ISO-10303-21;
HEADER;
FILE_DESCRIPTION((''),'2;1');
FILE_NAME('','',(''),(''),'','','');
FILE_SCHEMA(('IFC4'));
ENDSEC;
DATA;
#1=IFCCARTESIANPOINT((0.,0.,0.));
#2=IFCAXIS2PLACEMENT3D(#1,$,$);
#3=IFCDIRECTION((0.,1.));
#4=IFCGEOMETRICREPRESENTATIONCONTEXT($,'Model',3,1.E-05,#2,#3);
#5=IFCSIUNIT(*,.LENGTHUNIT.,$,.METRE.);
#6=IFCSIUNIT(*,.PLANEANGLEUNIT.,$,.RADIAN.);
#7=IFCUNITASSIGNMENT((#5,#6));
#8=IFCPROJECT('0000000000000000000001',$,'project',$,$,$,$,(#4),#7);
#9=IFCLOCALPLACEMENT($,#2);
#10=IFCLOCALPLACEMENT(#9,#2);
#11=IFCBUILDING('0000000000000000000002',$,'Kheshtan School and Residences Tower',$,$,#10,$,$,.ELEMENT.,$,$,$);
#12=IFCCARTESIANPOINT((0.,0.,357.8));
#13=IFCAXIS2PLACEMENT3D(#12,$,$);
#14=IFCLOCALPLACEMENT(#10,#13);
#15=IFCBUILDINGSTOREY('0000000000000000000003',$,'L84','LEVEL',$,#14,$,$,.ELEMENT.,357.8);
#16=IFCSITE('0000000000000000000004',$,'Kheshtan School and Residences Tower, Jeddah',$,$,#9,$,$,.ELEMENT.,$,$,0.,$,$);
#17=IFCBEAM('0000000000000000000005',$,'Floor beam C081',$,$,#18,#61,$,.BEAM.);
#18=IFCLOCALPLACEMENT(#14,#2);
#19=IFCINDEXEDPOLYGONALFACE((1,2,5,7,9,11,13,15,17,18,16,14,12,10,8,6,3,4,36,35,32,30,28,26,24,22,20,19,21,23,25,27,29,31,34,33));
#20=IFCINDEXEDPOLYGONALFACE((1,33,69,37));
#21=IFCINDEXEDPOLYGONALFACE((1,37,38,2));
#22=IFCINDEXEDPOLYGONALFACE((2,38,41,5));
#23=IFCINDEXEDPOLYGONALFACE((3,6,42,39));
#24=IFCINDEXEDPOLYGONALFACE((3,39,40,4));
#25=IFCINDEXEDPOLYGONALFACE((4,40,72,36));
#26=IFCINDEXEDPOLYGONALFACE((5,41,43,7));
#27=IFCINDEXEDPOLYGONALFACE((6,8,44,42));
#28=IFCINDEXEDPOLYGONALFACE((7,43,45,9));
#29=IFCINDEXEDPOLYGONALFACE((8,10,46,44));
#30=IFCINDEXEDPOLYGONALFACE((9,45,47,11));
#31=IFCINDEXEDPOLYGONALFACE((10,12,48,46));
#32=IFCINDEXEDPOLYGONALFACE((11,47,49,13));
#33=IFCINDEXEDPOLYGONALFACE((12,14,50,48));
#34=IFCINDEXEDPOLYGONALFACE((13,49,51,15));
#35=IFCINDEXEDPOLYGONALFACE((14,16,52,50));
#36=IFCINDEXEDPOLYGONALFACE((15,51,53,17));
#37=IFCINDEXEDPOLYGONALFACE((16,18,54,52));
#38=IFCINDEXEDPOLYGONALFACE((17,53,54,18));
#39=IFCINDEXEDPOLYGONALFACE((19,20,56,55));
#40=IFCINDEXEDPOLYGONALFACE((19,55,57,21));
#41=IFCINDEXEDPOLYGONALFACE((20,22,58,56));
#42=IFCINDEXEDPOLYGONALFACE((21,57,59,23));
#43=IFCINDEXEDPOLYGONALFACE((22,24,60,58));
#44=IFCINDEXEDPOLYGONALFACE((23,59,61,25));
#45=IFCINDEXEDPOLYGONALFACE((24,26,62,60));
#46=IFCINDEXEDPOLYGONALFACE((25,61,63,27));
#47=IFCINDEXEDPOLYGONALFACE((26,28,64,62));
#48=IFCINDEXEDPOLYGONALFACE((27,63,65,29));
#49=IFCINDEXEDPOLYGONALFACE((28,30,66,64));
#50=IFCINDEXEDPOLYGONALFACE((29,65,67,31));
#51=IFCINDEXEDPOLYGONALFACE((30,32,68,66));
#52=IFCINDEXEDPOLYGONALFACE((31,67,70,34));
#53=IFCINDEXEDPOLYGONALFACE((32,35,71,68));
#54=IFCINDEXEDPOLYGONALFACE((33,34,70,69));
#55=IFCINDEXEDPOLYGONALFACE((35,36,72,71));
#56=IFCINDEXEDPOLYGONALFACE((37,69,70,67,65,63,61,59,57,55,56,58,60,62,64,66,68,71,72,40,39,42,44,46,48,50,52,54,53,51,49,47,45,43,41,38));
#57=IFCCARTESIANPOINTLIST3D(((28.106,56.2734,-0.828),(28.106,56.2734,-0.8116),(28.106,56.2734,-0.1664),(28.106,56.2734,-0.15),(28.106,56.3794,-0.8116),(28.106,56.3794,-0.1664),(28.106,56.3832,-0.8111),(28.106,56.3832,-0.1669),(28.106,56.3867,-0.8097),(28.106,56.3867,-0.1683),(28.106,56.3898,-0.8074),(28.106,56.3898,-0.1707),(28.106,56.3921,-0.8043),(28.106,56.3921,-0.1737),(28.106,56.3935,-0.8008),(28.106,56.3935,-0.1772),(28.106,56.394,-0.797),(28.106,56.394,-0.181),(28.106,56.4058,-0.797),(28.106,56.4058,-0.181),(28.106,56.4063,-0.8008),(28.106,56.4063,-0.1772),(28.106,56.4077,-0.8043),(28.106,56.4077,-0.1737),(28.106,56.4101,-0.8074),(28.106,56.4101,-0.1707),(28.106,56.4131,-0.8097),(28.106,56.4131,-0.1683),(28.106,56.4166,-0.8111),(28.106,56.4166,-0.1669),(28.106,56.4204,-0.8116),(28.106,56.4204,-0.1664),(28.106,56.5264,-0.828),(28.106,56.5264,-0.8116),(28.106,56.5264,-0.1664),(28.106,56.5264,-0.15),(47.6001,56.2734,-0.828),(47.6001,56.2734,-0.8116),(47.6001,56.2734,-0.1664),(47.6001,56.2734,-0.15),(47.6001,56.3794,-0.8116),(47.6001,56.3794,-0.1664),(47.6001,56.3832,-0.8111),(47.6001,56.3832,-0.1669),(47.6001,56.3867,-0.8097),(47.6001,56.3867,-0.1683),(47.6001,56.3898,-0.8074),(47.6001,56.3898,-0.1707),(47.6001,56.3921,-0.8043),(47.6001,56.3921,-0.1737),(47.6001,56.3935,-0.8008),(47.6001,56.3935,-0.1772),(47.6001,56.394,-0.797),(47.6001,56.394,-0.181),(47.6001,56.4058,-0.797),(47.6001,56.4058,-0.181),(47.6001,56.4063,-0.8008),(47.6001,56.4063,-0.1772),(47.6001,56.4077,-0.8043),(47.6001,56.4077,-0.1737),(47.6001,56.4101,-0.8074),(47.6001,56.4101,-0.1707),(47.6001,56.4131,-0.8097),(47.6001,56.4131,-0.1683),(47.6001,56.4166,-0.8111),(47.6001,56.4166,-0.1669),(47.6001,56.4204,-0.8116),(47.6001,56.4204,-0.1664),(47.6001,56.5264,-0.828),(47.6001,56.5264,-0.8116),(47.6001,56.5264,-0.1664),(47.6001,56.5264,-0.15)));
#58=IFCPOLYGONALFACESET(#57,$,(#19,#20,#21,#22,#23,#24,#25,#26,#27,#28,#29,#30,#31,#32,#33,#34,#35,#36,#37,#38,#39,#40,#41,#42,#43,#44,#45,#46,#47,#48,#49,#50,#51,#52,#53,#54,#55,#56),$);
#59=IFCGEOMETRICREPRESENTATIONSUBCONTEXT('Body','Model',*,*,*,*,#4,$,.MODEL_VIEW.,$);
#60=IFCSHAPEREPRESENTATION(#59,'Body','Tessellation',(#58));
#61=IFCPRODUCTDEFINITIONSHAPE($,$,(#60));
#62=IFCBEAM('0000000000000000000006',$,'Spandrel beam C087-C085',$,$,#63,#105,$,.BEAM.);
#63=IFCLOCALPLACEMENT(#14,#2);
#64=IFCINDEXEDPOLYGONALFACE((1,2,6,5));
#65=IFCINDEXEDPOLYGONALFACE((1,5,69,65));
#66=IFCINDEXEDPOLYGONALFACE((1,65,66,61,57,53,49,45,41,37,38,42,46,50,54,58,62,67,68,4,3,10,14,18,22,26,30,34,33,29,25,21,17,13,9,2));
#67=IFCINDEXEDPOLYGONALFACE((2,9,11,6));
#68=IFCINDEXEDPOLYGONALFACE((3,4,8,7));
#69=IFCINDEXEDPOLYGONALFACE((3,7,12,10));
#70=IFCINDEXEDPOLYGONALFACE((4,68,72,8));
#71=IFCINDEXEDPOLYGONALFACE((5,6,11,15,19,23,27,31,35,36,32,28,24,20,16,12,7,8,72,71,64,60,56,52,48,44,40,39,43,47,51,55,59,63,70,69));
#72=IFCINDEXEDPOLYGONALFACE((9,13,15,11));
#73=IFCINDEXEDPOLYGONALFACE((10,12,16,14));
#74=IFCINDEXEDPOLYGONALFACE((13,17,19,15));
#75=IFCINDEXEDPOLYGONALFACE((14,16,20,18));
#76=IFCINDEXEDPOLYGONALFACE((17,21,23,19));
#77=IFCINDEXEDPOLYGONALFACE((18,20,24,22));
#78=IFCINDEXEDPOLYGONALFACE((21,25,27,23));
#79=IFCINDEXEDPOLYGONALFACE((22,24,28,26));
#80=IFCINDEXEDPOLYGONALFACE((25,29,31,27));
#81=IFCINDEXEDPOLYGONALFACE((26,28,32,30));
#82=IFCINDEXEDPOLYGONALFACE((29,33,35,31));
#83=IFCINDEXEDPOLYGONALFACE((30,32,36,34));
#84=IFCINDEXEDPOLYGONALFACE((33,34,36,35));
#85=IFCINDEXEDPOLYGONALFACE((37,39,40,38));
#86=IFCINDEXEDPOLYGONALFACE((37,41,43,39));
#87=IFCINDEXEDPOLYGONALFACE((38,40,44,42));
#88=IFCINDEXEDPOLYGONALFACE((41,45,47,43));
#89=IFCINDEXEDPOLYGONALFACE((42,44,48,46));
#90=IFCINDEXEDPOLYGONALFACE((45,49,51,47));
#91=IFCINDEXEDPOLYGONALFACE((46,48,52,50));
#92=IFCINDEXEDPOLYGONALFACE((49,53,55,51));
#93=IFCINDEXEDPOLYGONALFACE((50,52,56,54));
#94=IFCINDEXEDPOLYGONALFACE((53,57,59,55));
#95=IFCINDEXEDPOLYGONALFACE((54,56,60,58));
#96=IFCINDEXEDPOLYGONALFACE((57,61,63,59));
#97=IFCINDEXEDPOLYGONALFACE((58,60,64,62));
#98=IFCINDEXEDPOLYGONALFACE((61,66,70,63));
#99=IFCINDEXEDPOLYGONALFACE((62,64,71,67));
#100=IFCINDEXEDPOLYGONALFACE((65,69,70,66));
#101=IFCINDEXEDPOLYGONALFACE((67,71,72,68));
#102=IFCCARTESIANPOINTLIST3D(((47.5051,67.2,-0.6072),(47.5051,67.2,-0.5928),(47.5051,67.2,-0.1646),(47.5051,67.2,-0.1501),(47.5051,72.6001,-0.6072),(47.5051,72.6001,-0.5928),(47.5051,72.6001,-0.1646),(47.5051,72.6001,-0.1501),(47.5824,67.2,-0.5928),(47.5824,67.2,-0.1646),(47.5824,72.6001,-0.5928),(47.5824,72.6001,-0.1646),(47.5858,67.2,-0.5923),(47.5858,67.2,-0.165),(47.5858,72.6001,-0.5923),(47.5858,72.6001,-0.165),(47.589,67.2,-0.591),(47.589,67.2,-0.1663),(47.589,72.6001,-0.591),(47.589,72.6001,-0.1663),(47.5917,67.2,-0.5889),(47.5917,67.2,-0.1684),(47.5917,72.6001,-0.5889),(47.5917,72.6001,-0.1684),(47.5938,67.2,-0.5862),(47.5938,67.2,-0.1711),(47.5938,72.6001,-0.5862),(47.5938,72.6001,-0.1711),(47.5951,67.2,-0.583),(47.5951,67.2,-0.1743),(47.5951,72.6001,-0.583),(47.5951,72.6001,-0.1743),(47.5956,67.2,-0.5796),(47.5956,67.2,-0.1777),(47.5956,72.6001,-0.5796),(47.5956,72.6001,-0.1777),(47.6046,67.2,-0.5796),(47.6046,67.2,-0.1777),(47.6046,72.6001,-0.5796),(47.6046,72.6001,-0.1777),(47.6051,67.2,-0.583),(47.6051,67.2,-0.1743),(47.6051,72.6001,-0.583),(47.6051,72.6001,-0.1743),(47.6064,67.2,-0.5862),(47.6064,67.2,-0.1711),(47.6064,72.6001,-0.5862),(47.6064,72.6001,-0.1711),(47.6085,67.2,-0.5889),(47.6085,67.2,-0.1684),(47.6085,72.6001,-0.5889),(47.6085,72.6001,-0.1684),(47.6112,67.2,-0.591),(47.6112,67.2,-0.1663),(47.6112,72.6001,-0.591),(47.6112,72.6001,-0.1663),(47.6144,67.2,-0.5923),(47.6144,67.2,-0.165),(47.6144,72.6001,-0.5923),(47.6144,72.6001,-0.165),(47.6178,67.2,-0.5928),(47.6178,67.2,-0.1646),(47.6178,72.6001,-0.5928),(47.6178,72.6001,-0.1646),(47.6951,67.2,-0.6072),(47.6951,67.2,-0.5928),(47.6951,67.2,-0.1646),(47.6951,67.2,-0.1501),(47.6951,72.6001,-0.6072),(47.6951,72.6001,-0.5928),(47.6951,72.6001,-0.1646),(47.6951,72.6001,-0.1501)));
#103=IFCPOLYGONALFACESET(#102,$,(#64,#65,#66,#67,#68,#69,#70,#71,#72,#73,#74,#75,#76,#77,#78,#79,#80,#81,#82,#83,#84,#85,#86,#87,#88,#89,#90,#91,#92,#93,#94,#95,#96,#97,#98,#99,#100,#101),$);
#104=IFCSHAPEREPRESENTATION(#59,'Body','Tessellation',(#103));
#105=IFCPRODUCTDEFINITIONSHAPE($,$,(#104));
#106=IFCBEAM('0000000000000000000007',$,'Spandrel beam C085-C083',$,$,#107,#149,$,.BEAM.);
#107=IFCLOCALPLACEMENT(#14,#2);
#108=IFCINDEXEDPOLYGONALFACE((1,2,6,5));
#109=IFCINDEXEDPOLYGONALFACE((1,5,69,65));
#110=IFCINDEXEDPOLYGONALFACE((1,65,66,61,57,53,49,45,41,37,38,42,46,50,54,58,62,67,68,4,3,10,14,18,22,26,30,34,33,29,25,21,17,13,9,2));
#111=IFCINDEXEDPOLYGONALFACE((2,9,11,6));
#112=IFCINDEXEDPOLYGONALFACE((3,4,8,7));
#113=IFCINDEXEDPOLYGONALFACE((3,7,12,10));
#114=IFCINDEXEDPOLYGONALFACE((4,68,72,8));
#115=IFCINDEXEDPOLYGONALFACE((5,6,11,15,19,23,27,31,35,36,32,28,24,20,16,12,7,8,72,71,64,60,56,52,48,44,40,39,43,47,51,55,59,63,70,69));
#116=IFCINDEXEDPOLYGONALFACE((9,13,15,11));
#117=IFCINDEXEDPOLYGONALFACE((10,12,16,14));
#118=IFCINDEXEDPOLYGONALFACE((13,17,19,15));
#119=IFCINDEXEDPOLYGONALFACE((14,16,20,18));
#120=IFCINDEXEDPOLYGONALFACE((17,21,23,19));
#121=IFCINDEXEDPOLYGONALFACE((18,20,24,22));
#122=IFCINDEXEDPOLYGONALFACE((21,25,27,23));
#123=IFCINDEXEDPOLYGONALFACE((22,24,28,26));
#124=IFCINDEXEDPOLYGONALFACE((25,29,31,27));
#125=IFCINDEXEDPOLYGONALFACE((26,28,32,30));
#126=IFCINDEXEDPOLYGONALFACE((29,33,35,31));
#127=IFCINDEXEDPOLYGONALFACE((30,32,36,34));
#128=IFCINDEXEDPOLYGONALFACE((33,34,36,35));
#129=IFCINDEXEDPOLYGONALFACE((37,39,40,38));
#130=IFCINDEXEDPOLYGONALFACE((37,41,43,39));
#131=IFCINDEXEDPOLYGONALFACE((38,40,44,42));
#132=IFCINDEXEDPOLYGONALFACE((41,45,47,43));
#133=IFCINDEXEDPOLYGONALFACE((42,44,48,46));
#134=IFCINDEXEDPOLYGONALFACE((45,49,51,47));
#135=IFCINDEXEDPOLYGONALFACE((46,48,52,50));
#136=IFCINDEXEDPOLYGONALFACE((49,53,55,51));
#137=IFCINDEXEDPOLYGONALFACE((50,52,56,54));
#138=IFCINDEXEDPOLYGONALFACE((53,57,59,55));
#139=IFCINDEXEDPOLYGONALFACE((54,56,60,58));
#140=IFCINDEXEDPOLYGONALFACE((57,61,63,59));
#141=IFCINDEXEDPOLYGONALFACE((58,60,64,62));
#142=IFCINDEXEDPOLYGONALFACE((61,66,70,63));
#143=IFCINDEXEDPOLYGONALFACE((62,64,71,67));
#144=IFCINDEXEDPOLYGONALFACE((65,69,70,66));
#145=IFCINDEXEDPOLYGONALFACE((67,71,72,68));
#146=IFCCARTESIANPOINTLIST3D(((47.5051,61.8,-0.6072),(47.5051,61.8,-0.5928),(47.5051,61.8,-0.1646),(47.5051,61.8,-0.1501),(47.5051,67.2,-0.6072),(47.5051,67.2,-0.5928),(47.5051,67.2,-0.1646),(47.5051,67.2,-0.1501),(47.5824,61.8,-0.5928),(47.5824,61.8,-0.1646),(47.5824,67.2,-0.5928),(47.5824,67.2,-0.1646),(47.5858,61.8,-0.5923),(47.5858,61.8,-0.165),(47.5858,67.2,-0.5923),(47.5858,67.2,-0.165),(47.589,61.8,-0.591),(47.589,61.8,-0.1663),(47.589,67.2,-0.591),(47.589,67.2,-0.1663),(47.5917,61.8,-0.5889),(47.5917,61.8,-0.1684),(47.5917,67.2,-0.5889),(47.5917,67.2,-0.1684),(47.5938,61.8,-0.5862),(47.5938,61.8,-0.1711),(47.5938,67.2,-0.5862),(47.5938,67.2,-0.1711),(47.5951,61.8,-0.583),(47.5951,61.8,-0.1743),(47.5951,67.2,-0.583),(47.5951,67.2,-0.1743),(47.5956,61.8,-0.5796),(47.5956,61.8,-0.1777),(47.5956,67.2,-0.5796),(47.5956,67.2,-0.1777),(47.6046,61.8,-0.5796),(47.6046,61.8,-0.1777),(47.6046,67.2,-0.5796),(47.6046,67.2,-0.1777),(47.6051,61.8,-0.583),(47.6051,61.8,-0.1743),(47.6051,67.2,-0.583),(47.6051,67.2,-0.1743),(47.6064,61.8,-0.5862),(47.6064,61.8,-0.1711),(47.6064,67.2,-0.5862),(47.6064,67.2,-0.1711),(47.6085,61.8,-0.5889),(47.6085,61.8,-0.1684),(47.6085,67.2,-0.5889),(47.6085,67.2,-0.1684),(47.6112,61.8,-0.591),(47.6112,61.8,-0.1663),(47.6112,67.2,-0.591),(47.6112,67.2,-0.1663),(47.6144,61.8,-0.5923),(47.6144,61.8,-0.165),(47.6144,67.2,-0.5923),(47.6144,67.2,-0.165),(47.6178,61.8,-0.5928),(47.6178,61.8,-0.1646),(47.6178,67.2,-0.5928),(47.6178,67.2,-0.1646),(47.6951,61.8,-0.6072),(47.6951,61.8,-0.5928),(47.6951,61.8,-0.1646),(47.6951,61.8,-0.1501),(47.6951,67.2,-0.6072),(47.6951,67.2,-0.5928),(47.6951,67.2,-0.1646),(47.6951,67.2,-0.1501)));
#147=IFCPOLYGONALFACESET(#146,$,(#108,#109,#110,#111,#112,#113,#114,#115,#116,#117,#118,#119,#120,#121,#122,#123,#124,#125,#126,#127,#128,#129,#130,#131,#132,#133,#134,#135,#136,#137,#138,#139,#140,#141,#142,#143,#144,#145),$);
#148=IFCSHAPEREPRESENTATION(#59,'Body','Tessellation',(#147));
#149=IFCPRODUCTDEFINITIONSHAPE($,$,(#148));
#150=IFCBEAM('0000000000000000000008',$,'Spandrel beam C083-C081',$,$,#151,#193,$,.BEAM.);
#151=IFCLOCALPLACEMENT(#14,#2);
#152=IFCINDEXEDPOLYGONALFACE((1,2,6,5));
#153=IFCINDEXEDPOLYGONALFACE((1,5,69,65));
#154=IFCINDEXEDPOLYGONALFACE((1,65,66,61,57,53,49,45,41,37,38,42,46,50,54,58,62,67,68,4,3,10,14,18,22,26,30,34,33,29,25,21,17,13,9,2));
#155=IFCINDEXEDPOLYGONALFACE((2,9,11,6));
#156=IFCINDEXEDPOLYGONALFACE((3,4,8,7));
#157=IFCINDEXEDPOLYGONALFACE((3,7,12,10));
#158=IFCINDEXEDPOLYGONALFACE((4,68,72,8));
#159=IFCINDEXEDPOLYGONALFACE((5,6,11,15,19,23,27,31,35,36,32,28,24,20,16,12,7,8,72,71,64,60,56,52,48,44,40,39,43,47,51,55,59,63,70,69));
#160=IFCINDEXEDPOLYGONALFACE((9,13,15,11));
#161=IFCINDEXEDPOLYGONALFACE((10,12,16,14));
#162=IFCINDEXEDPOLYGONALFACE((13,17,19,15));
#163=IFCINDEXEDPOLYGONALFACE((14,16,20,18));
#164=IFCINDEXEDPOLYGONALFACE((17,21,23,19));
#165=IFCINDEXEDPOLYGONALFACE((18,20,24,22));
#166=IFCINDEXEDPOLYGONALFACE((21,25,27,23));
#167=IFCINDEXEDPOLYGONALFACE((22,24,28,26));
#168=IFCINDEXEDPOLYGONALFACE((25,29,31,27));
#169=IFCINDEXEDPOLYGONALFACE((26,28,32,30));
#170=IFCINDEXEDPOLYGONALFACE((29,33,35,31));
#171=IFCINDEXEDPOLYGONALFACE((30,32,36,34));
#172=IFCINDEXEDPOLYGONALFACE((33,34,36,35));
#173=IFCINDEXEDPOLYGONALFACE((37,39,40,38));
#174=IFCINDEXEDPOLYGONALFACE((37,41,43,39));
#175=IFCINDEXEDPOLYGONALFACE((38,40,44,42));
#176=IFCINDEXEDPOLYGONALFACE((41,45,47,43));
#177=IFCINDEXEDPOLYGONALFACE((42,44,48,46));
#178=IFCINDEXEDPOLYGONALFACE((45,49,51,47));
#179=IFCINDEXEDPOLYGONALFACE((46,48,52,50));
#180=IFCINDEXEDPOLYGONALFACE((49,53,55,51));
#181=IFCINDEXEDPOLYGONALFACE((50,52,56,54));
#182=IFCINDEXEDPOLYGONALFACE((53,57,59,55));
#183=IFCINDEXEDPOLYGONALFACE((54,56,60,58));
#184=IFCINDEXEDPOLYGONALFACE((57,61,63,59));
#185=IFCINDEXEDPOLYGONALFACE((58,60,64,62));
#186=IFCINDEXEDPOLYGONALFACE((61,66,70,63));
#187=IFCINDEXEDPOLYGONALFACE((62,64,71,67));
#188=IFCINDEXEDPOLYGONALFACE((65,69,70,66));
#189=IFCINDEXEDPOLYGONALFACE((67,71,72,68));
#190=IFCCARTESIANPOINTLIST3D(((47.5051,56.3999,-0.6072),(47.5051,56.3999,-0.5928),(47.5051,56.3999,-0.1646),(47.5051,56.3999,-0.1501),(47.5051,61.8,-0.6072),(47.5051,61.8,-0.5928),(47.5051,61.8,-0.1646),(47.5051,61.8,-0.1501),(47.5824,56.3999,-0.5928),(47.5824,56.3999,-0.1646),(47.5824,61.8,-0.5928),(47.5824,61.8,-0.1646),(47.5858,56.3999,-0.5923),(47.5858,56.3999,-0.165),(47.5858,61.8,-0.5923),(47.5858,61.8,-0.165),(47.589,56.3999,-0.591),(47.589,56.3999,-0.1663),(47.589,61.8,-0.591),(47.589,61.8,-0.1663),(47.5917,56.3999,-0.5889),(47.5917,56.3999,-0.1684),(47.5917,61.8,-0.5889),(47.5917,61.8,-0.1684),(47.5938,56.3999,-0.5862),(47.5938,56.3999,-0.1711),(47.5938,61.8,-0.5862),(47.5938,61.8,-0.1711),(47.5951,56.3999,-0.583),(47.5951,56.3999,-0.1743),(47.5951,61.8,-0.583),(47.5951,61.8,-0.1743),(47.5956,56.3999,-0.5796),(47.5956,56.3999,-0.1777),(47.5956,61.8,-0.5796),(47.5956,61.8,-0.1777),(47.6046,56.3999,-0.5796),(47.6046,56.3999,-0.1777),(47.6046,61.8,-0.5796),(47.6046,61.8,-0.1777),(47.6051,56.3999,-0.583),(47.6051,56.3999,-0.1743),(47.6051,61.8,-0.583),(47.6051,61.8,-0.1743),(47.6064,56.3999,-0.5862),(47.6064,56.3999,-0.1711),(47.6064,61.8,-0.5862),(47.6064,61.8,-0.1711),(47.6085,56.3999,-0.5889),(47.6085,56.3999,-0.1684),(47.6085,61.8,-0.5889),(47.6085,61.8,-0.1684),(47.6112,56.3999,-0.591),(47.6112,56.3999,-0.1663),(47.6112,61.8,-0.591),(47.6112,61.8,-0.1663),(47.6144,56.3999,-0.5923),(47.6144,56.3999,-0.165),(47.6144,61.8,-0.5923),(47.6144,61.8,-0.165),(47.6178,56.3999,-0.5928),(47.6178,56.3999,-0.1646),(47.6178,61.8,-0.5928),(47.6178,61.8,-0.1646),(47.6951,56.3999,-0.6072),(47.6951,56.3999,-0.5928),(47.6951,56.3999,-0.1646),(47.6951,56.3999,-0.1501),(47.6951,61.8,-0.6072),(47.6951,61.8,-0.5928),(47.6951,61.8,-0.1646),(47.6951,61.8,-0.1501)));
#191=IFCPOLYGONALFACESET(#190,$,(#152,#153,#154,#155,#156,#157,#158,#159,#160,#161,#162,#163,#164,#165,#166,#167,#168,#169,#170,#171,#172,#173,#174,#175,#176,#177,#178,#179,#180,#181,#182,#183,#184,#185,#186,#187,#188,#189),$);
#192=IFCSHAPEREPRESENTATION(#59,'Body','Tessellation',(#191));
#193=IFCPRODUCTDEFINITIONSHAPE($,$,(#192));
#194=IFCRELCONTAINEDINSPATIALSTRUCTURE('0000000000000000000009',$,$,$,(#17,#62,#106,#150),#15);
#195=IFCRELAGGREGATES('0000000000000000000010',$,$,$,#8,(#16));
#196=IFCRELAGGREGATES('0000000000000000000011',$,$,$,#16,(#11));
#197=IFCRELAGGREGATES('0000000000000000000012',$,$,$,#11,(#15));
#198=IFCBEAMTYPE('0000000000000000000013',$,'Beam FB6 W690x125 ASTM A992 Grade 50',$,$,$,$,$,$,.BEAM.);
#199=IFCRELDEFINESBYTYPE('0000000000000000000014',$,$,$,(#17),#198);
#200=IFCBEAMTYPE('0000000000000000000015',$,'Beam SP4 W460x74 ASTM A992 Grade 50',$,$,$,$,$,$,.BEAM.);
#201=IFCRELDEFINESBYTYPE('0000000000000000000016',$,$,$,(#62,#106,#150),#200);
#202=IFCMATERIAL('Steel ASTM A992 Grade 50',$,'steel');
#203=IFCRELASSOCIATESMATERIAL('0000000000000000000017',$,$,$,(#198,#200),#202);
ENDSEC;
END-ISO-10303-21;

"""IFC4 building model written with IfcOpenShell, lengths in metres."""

from ifc_helpers import new_model, si_unit, direction, frame, origin, origin_2d, place, context, subcontext, project, spatial, i_section, extrude, material, material_profile, profile_set, type_object, element, save


model = new_model("IFC4")

# Units and contexts
model_context = context("Model", 3, precision=1e-05, world=origin(), true_north=direction((0.0, 1.0)))
body_context = subcontext(model_context, "Body", "Model", "MODEL_VIEW")
ifc_project = project(units=[si_unit("LENGTHUNIT", "METRE"), si_unit("PLANEANGLEUNIT", "RADIAN")], contexts=[model_context])

# Site, building, storey
site_placement = place(None, origin())
site = spatial("IfcSite", under=ifc_project, at=site_placement, Name="Kheshtan School and Residences Tower, Jeddah", CompositionType="ELEMENT", RefElevation=0.0)
building_placement = place(site_placement, origin())
building = spatial("IfcBuilding", under=site, at=building_placement, Name="Kheshtan School and Residences Tower", CompositionType="ELEMENT")
storey_placement = place(building_placement, frame((0.0, 0.0, 357.8)))
storey = spatial("IfcBuildingStorey", under=building, at=storey_placement, Name="L84", Description="LEVEL", CompositionType="ELEMENT", Elevation=357.8)

# Shared definitions
ifc_material_1 = material(Name="Steel ASTM A992 Grade 50", Category="steel")

# Beams
ifc_material_profile_1 = material_profile(ifc_material_1, i_section(OverallWidth=0.2529, OverallDepth=0.678, WebThickness=0.0117, FlangeThickness=0.0164, FilletRadius=0.0146, at=origin_2d()), Name="W690x125")
ifc_profile_set_1 = profile_set([ifc_material_profile_1], Name="Steel ASTM A992 Grade 50")
beam_type_1 = type_object("IfcBeamType", Name="Beam FB6 W690x125 ASTM A992 Grade 50", PredefinedType="BEAM", material=ifc_profile_set_1)
beam_1_placement = place(storey_placement, frame((47.6001, 56.3999, -0.489), z_axis=(-1.0, 0.0, 0.0), x_axis=(0.0, -1.0, 0.0)))
element("IfcBeam", 1, at=beam_1_placement, inside=storey, type_object=beam_type_1, Name="Floor beam C081", PredefinedType="BEAM", context=body_context, shape_type="SweptSolid", body=[
    extrude(i_section(OverallWidth=0.2529, OverallDepth=0.678, WebThickness=0.0117, FlangeThickness=0.0164, FilletRadius=0.0146, at=origin_2d()), origin(), (0.0, 0.0, 1.0), 19.4941),
])
ifc_material_profile_2 = material_profile(ifc_material_1, i_section(OverallWidth=0.1899, OverallDepth=0.457, WebThickness=0.009, FlangeThickness=0.0144, FilletRadius=0.0132, at=origin_2d()), Name="W460x74")
ifc_profile_set_2 = profile_set([ifc_material_profile_2], Name="Steel ASTM A992 Grade 50")
beam_type_2 = type_object("IfcBeamType", Name="Beam SP4 W460x74 ASTM A992 Grade 50", PredefinedType="BEAM", material=ifc_profile_set_2)
beam_2_placement = place(storey_placement, frame((47.6001, 72.6001, -0.3787), z_axis=(0.0, -1.0, 0.0), x_axis=(1.0, 0.0, 0.0)))
element("IfcBeam", 2, at=beam_2_placement, inside=storey, type_object=beam_type_2, Name="Spandrel beam C087-C085", PredefinedType="BEAM", context=body_context, shape_type="SweptSolid", body=[
    extrude(i_section(OverallWidth=0.1899, OverallDepth=0.457, WebThickness=0.009, FlangeThickness=0.0144, FilletRadius=0.0132, at=origin_2d()), origin(), (0.0, 0.0, 1.0), 5.4001),
])
beam_3_placement = place(storey_placement, frame((47.6001, 67.2, -0.3787), z_axis=(0.0, -1.0, 0.0), x_axis=(1.0, 0.0, 0.0)))
element("IfcBeam", 3, at=beam_3_placement, inside=storey, type_object=beam_type_2, Name="Spandrel beam C085-C083", PredefinedType="BEAM", context=body_context, shape_type="SweptSolid", body=[
    extrude(i_section(OverallWidth=0.1899, OverallDepth=0.457, WebThickness=0.009, FlangeThickness=0.0144, FilletRadius=0.0132, at=origin_2d()), origin(), (0.0, 0.0, 1.0), 5.3999),
])
beam_4_placement = place(storey_placement, frame((47.6001, 61.8, -0.3787), z_axis=(0.0, -1.0, 0.0), x_axis=(1.0, 0.0, 0.0)))
element("IfcBeam", 4, at=beam_4_placement, inside=storey, type_object=beam_type_2, Name="Spandrel beam C083-C081", PredefinedType="BEAM", context=body_context, shape_type="SweptSolid", body=[
    extrude(i_section(OverallWidth=0.1899, OverallDepth=0.457, WebThickness=0.009, FlangeThickness=0.0144, FilletRadius=0.0132, at=origin_2d()), origin(), (0.0, 0.0, 1.0), 5.4001),
])

save(model, "model.ifc")
